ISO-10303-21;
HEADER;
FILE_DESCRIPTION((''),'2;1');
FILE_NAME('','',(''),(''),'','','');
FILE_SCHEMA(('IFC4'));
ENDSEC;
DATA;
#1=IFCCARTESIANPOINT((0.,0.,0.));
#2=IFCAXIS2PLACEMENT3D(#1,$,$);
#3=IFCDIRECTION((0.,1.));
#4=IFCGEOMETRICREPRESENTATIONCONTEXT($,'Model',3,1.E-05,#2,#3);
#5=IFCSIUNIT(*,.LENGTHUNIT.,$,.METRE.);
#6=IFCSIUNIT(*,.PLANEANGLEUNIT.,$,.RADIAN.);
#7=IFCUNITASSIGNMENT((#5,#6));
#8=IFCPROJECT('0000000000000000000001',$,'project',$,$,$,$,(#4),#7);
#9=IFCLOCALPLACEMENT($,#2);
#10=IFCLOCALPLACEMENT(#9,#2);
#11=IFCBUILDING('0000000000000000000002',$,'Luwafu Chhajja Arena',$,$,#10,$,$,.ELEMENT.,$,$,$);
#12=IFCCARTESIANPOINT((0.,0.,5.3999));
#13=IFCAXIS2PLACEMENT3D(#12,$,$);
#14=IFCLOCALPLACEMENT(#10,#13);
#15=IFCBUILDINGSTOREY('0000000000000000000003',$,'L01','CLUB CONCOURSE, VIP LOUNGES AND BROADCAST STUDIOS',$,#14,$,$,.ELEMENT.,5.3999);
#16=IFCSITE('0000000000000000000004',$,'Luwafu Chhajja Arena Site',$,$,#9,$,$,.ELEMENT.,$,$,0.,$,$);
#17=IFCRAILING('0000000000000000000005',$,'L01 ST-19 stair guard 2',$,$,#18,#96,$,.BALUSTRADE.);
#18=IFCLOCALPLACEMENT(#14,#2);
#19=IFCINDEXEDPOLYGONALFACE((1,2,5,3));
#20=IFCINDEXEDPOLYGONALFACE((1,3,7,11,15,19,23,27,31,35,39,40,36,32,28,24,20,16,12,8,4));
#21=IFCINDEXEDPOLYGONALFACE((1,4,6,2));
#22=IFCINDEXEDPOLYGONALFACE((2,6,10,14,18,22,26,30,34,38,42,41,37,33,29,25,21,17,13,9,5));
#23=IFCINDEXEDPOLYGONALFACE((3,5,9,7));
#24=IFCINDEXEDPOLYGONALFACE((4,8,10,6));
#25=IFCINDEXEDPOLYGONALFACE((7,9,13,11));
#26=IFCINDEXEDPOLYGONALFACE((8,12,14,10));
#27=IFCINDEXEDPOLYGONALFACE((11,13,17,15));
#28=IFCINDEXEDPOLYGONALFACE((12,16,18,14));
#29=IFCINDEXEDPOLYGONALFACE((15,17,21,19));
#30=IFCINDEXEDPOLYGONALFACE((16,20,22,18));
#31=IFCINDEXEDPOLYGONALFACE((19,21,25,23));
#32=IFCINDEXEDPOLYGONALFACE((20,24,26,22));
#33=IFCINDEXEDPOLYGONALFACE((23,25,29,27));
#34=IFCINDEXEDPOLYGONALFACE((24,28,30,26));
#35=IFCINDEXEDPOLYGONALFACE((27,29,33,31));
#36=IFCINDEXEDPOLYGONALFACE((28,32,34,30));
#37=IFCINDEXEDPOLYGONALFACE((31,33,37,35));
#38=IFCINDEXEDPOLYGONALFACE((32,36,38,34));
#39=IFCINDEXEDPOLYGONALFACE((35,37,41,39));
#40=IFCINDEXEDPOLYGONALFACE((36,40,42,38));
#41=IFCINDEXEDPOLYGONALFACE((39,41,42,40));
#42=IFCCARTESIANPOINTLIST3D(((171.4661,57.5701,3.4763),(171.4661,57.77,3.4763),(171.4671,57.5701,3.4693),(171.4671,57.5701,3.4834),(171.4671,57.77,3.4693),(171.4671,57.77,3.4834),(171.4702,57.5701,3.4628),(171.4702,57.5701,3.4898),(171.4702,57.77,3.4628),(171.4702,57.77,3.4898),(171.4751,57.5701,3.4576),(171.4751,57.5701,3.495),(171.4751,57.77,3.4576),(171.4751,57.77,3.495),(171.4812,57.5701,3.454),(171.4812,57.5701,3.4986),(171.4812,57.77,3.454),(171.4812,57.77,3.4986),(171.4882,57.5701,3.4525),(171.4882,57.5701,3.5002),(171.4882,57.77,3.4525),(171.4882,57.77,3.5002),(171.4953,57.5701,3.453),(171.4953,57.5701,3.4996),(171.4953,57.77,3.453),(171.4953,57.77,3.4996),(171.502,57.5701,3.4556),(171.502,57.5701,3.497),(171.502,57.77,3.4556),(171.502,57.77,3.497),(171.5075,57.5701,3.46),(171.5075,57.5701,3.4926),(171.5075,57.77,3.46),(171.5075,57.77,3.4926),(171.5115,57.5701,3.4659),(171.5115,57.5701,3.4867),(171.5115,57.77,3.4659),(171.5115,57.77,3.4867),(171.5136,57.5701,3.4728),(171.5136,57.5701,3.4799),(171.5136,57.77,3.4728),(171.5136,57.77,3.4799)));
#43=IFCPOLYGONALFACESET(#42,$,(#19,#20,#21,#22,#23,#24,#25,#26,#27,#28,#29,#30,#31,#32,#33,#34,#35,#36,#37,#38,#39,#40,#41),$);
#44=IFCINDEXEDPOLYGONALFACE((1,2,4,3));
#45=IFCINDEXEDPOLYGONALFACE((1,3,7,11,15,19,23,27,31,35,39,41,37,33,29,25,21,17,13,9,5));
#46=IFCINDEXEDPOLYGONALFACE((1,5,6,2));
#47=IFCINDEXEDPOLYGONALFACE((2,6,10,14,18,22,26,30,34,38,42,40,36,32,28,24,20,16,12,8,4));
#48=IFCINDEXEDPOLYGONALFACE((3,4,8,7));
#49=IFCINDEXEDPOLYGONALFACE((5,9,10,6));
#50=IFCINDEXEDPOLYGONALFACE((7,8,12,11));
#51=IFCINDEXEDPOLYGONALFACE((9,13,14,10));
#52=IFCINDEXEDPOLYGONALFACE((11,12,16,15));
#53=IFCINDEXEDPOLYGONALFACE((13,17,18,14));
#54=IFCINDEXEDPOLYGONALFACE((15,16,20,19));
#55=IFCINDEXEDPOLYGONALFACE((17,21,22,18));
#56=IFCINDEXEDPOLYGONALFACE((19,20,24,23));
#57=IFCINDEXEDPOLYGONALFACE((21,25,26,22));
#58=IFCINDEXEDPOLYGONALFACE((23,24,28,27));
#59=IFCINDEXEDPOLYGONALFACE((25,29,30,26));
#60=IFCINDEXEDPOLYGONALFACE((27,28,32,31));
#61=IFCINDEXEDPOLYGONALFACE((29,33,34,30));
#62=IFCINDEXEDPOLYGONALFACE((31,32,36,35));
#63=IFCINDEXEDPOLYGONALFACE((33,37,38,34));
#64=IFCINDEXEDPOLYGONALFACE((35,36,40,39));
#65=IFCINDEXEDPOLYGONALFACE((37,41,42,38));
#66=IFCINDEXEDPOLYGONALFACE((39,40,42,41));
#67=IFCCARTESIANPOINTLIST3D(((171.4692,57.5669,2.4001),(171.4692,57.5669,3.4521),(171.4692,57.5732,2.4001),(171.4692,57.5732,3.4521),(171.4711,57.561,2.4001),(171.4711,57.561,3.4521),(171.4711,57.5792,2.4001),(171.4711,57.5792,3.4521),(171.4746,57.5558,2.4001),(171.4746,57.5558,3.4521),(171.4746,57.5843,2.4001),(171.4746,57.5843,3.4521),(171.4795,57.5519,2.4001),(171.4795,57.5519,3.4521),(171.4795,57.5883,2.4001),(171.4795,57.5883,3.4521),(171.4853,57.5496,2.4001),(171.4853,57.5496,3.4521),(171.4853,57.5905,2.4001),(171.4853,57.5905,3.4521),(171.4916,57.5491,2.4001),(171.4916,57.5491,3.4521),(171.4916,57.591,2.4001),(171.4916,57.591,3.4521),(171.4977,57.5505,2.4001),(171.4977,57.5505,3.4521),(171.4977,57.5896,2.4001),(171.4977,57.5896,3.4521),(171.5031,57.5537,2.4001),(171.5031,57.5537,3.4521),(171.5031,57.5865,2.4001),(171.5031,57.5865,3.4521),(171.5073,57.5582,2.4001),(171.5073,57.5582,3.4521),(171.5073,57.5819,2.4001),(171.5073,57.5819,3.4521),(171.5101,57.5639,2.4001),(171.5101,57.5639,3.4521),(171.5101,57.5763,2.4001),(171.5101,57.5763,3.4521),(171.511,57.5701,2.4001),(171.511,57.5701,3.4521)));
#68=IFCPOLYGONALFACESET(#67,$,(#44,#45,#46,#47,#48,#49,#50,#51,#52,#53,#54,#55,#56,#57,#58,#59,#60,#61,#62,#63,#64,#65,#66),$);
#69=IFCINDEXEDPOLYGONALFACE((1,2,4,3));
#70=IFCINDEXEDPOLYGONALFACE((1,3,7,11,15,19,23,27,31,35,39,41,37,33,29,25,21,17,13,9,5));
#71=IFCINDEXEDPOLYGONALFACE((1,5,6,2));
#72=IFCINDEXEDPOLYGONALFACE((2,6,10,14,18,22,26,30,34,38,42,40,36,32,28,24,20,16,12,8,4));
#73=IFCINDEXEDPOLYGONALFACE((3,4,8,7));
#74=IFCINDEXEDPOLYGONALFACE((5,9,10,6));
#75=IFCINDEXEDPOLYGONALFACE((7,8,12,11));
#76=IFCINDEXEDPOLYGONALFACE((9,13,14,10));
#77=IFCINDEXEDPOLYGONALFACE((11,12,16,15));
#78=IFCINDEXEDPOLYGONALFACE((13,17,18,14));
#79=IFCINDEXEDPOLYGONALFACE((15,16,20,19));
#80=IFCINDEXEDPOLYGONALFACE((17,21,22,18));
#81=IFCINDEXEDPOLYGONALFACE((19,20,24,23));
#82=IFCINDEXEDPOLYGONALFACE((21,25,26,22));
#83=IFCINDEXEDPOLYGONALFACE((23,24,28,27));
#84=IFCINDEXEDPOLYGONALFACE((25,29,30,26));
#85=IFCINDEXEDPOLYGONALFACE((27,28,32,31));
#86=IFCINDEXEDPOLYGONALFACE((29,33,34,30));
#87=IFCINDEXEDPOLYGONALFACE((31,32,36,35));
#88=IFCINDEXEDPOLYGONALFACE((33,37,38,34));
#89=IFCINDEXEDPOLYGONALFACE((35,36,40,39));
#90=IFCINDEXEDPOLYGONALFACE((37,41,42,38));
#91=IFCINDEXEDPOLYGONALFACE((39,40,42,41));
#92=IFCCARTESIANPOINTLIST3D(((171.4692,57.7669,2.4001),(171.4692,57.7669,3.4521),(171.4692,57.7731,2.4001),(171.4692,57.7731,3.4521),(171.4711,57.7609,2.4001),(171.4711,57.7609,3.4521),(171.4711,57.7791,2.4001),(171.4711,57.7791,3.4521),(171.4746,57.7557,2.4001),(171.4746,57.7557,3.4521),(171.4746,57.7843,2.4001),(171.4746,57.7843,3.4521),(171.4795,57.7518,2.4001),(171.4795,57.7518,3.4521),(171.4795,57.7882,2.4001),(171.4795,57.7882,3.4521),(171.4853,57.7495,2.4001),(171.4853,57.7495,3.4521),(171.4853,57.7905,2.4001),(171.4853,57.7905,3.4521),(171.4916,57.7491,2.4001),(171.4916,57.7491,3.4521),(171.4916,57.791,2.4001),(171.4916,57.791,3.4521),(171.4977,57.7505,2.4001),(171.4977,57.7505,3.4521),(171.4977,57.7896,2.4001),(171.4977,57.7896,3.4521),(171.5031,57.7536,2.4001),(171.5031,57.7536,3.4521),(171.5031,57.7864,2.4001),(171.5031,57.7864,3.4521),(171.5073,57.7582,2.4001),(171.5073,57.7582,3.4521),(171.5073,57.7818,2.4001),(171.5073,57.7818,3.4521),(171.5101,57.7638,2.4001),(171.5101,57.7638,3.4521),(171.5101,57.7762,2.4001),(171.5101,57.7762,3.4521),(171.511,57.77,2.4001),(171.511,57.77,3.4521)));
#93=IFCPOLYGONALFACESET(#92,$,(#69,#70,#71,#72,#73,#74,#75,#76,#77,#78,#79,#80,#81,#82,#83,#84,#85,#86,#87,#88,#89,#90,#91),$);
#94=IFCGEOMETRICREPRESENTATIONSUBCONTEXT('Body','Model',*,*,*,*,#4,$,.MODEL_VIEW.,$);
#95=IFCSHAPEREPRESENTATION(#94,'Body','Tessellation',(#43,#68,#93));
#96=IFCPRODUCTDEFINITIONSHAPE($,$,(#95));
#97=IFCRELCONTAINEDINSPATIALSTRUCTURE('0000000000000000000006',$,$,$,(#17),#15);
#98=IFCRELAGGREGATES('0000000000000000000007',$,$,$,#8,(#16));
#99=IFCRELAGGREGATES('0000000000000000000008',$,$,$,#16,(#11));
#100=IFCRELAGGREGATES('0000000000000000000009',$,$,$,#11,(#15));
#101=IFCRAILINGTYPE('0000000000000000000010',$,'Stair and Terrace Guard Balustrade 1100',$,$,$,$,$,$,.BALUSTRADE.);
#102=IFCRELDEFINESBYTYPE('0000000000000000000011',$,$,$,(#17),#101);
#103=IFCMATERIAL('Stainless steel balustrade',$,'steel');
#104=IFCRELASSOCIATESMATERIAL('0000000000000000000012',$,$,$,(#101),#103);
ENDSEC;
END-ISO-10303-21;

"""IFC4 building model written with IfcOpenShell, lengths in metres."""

from ifc_helpers import new_model, si_unit, direction, frame, origin, origin_2d, place, context, subcontext, project, spatial, circle, extrude, material, type_object, element, save


model = new_model("IFC4")

# Units and contexts
model_context = context("Model", 3, precision=1e-05, world=origin(), true_north=direction((0.0, 1.0)))
body_context = subcontext(model_context, "Body", "Model", "MODEL_VIEW")
ifc_project = project(units=[si_unit("LENGTHUNIT", "METRE"), si_unit("PLANEANGLEUNIT", "RADIAN")], contexts=[model_context])

# Site, building, storey
site_placement = place(None, origin())
site = spatial("IfcSite", under=ifc_project, at=site_placement, Name="Luwafu Chhajja Arena Site", CompositionType="ELEMENT", RefElevation=0.0)
building_placement = place(site_placement, origin())
building = spatial("IfcBuilding", under=site, at=building_placement, Name="Luwafu Chhajja Arena", CompositionType="ELEMENT")
storey_placement = place(building_placement, frame((0.0, 0.0, 5.3999)))
storey = spatial("IfcBuildingStorey", under=building, at=storey_placement, Name="L01", Description="CLUB CONCOURSE, VIP LOUNGES AND BROADCAST STUDIOS", CompositionType="ELEMENT", Elevation=5.3999)

# Railing
ifc_material_1 = material(Name="Stainless steel balustrade", Category="steel")
railing_type_1 = type_object("IfcRailingType", Name="Stair and Terrace Guard Balustrade 1100", PredefinedType="BALUSTRADE", material=ifc_material_1)
railing_1_placement = place(storey_placement, frame((171.49, 57.5701, 2.4001)))
element("IfcRailing", 1, at=railing_1_placement, inside=storey, type_object=railing_type_1, Name="L01 ST-19 stair guard 2", PredefinedType="BALUSTRADE", context=body_context, shape_type="SweptSolid", body=[
    extrude(circle(Radius=0.0239, at=origin_2d()), frame((0.0, 0.0, 1.0762), z_axis=(0.0, 1.0, 0.0), x_axis=(-1.0, 0.0, 0.0)), (0.0, 0.0, 1.0), 0.2),
    extrude(circle(Radius=0.021, at=origin_2d()), origin(), (0.0, 0.0, 1.0), 1.052),
    extrude(circle(Radius=0.021, at=origin_2d()), frame((0.0, 0.2, 0.0)), (0.0, 0.0, 1.0), 1.052),
])

save(model, "model.ifc")
